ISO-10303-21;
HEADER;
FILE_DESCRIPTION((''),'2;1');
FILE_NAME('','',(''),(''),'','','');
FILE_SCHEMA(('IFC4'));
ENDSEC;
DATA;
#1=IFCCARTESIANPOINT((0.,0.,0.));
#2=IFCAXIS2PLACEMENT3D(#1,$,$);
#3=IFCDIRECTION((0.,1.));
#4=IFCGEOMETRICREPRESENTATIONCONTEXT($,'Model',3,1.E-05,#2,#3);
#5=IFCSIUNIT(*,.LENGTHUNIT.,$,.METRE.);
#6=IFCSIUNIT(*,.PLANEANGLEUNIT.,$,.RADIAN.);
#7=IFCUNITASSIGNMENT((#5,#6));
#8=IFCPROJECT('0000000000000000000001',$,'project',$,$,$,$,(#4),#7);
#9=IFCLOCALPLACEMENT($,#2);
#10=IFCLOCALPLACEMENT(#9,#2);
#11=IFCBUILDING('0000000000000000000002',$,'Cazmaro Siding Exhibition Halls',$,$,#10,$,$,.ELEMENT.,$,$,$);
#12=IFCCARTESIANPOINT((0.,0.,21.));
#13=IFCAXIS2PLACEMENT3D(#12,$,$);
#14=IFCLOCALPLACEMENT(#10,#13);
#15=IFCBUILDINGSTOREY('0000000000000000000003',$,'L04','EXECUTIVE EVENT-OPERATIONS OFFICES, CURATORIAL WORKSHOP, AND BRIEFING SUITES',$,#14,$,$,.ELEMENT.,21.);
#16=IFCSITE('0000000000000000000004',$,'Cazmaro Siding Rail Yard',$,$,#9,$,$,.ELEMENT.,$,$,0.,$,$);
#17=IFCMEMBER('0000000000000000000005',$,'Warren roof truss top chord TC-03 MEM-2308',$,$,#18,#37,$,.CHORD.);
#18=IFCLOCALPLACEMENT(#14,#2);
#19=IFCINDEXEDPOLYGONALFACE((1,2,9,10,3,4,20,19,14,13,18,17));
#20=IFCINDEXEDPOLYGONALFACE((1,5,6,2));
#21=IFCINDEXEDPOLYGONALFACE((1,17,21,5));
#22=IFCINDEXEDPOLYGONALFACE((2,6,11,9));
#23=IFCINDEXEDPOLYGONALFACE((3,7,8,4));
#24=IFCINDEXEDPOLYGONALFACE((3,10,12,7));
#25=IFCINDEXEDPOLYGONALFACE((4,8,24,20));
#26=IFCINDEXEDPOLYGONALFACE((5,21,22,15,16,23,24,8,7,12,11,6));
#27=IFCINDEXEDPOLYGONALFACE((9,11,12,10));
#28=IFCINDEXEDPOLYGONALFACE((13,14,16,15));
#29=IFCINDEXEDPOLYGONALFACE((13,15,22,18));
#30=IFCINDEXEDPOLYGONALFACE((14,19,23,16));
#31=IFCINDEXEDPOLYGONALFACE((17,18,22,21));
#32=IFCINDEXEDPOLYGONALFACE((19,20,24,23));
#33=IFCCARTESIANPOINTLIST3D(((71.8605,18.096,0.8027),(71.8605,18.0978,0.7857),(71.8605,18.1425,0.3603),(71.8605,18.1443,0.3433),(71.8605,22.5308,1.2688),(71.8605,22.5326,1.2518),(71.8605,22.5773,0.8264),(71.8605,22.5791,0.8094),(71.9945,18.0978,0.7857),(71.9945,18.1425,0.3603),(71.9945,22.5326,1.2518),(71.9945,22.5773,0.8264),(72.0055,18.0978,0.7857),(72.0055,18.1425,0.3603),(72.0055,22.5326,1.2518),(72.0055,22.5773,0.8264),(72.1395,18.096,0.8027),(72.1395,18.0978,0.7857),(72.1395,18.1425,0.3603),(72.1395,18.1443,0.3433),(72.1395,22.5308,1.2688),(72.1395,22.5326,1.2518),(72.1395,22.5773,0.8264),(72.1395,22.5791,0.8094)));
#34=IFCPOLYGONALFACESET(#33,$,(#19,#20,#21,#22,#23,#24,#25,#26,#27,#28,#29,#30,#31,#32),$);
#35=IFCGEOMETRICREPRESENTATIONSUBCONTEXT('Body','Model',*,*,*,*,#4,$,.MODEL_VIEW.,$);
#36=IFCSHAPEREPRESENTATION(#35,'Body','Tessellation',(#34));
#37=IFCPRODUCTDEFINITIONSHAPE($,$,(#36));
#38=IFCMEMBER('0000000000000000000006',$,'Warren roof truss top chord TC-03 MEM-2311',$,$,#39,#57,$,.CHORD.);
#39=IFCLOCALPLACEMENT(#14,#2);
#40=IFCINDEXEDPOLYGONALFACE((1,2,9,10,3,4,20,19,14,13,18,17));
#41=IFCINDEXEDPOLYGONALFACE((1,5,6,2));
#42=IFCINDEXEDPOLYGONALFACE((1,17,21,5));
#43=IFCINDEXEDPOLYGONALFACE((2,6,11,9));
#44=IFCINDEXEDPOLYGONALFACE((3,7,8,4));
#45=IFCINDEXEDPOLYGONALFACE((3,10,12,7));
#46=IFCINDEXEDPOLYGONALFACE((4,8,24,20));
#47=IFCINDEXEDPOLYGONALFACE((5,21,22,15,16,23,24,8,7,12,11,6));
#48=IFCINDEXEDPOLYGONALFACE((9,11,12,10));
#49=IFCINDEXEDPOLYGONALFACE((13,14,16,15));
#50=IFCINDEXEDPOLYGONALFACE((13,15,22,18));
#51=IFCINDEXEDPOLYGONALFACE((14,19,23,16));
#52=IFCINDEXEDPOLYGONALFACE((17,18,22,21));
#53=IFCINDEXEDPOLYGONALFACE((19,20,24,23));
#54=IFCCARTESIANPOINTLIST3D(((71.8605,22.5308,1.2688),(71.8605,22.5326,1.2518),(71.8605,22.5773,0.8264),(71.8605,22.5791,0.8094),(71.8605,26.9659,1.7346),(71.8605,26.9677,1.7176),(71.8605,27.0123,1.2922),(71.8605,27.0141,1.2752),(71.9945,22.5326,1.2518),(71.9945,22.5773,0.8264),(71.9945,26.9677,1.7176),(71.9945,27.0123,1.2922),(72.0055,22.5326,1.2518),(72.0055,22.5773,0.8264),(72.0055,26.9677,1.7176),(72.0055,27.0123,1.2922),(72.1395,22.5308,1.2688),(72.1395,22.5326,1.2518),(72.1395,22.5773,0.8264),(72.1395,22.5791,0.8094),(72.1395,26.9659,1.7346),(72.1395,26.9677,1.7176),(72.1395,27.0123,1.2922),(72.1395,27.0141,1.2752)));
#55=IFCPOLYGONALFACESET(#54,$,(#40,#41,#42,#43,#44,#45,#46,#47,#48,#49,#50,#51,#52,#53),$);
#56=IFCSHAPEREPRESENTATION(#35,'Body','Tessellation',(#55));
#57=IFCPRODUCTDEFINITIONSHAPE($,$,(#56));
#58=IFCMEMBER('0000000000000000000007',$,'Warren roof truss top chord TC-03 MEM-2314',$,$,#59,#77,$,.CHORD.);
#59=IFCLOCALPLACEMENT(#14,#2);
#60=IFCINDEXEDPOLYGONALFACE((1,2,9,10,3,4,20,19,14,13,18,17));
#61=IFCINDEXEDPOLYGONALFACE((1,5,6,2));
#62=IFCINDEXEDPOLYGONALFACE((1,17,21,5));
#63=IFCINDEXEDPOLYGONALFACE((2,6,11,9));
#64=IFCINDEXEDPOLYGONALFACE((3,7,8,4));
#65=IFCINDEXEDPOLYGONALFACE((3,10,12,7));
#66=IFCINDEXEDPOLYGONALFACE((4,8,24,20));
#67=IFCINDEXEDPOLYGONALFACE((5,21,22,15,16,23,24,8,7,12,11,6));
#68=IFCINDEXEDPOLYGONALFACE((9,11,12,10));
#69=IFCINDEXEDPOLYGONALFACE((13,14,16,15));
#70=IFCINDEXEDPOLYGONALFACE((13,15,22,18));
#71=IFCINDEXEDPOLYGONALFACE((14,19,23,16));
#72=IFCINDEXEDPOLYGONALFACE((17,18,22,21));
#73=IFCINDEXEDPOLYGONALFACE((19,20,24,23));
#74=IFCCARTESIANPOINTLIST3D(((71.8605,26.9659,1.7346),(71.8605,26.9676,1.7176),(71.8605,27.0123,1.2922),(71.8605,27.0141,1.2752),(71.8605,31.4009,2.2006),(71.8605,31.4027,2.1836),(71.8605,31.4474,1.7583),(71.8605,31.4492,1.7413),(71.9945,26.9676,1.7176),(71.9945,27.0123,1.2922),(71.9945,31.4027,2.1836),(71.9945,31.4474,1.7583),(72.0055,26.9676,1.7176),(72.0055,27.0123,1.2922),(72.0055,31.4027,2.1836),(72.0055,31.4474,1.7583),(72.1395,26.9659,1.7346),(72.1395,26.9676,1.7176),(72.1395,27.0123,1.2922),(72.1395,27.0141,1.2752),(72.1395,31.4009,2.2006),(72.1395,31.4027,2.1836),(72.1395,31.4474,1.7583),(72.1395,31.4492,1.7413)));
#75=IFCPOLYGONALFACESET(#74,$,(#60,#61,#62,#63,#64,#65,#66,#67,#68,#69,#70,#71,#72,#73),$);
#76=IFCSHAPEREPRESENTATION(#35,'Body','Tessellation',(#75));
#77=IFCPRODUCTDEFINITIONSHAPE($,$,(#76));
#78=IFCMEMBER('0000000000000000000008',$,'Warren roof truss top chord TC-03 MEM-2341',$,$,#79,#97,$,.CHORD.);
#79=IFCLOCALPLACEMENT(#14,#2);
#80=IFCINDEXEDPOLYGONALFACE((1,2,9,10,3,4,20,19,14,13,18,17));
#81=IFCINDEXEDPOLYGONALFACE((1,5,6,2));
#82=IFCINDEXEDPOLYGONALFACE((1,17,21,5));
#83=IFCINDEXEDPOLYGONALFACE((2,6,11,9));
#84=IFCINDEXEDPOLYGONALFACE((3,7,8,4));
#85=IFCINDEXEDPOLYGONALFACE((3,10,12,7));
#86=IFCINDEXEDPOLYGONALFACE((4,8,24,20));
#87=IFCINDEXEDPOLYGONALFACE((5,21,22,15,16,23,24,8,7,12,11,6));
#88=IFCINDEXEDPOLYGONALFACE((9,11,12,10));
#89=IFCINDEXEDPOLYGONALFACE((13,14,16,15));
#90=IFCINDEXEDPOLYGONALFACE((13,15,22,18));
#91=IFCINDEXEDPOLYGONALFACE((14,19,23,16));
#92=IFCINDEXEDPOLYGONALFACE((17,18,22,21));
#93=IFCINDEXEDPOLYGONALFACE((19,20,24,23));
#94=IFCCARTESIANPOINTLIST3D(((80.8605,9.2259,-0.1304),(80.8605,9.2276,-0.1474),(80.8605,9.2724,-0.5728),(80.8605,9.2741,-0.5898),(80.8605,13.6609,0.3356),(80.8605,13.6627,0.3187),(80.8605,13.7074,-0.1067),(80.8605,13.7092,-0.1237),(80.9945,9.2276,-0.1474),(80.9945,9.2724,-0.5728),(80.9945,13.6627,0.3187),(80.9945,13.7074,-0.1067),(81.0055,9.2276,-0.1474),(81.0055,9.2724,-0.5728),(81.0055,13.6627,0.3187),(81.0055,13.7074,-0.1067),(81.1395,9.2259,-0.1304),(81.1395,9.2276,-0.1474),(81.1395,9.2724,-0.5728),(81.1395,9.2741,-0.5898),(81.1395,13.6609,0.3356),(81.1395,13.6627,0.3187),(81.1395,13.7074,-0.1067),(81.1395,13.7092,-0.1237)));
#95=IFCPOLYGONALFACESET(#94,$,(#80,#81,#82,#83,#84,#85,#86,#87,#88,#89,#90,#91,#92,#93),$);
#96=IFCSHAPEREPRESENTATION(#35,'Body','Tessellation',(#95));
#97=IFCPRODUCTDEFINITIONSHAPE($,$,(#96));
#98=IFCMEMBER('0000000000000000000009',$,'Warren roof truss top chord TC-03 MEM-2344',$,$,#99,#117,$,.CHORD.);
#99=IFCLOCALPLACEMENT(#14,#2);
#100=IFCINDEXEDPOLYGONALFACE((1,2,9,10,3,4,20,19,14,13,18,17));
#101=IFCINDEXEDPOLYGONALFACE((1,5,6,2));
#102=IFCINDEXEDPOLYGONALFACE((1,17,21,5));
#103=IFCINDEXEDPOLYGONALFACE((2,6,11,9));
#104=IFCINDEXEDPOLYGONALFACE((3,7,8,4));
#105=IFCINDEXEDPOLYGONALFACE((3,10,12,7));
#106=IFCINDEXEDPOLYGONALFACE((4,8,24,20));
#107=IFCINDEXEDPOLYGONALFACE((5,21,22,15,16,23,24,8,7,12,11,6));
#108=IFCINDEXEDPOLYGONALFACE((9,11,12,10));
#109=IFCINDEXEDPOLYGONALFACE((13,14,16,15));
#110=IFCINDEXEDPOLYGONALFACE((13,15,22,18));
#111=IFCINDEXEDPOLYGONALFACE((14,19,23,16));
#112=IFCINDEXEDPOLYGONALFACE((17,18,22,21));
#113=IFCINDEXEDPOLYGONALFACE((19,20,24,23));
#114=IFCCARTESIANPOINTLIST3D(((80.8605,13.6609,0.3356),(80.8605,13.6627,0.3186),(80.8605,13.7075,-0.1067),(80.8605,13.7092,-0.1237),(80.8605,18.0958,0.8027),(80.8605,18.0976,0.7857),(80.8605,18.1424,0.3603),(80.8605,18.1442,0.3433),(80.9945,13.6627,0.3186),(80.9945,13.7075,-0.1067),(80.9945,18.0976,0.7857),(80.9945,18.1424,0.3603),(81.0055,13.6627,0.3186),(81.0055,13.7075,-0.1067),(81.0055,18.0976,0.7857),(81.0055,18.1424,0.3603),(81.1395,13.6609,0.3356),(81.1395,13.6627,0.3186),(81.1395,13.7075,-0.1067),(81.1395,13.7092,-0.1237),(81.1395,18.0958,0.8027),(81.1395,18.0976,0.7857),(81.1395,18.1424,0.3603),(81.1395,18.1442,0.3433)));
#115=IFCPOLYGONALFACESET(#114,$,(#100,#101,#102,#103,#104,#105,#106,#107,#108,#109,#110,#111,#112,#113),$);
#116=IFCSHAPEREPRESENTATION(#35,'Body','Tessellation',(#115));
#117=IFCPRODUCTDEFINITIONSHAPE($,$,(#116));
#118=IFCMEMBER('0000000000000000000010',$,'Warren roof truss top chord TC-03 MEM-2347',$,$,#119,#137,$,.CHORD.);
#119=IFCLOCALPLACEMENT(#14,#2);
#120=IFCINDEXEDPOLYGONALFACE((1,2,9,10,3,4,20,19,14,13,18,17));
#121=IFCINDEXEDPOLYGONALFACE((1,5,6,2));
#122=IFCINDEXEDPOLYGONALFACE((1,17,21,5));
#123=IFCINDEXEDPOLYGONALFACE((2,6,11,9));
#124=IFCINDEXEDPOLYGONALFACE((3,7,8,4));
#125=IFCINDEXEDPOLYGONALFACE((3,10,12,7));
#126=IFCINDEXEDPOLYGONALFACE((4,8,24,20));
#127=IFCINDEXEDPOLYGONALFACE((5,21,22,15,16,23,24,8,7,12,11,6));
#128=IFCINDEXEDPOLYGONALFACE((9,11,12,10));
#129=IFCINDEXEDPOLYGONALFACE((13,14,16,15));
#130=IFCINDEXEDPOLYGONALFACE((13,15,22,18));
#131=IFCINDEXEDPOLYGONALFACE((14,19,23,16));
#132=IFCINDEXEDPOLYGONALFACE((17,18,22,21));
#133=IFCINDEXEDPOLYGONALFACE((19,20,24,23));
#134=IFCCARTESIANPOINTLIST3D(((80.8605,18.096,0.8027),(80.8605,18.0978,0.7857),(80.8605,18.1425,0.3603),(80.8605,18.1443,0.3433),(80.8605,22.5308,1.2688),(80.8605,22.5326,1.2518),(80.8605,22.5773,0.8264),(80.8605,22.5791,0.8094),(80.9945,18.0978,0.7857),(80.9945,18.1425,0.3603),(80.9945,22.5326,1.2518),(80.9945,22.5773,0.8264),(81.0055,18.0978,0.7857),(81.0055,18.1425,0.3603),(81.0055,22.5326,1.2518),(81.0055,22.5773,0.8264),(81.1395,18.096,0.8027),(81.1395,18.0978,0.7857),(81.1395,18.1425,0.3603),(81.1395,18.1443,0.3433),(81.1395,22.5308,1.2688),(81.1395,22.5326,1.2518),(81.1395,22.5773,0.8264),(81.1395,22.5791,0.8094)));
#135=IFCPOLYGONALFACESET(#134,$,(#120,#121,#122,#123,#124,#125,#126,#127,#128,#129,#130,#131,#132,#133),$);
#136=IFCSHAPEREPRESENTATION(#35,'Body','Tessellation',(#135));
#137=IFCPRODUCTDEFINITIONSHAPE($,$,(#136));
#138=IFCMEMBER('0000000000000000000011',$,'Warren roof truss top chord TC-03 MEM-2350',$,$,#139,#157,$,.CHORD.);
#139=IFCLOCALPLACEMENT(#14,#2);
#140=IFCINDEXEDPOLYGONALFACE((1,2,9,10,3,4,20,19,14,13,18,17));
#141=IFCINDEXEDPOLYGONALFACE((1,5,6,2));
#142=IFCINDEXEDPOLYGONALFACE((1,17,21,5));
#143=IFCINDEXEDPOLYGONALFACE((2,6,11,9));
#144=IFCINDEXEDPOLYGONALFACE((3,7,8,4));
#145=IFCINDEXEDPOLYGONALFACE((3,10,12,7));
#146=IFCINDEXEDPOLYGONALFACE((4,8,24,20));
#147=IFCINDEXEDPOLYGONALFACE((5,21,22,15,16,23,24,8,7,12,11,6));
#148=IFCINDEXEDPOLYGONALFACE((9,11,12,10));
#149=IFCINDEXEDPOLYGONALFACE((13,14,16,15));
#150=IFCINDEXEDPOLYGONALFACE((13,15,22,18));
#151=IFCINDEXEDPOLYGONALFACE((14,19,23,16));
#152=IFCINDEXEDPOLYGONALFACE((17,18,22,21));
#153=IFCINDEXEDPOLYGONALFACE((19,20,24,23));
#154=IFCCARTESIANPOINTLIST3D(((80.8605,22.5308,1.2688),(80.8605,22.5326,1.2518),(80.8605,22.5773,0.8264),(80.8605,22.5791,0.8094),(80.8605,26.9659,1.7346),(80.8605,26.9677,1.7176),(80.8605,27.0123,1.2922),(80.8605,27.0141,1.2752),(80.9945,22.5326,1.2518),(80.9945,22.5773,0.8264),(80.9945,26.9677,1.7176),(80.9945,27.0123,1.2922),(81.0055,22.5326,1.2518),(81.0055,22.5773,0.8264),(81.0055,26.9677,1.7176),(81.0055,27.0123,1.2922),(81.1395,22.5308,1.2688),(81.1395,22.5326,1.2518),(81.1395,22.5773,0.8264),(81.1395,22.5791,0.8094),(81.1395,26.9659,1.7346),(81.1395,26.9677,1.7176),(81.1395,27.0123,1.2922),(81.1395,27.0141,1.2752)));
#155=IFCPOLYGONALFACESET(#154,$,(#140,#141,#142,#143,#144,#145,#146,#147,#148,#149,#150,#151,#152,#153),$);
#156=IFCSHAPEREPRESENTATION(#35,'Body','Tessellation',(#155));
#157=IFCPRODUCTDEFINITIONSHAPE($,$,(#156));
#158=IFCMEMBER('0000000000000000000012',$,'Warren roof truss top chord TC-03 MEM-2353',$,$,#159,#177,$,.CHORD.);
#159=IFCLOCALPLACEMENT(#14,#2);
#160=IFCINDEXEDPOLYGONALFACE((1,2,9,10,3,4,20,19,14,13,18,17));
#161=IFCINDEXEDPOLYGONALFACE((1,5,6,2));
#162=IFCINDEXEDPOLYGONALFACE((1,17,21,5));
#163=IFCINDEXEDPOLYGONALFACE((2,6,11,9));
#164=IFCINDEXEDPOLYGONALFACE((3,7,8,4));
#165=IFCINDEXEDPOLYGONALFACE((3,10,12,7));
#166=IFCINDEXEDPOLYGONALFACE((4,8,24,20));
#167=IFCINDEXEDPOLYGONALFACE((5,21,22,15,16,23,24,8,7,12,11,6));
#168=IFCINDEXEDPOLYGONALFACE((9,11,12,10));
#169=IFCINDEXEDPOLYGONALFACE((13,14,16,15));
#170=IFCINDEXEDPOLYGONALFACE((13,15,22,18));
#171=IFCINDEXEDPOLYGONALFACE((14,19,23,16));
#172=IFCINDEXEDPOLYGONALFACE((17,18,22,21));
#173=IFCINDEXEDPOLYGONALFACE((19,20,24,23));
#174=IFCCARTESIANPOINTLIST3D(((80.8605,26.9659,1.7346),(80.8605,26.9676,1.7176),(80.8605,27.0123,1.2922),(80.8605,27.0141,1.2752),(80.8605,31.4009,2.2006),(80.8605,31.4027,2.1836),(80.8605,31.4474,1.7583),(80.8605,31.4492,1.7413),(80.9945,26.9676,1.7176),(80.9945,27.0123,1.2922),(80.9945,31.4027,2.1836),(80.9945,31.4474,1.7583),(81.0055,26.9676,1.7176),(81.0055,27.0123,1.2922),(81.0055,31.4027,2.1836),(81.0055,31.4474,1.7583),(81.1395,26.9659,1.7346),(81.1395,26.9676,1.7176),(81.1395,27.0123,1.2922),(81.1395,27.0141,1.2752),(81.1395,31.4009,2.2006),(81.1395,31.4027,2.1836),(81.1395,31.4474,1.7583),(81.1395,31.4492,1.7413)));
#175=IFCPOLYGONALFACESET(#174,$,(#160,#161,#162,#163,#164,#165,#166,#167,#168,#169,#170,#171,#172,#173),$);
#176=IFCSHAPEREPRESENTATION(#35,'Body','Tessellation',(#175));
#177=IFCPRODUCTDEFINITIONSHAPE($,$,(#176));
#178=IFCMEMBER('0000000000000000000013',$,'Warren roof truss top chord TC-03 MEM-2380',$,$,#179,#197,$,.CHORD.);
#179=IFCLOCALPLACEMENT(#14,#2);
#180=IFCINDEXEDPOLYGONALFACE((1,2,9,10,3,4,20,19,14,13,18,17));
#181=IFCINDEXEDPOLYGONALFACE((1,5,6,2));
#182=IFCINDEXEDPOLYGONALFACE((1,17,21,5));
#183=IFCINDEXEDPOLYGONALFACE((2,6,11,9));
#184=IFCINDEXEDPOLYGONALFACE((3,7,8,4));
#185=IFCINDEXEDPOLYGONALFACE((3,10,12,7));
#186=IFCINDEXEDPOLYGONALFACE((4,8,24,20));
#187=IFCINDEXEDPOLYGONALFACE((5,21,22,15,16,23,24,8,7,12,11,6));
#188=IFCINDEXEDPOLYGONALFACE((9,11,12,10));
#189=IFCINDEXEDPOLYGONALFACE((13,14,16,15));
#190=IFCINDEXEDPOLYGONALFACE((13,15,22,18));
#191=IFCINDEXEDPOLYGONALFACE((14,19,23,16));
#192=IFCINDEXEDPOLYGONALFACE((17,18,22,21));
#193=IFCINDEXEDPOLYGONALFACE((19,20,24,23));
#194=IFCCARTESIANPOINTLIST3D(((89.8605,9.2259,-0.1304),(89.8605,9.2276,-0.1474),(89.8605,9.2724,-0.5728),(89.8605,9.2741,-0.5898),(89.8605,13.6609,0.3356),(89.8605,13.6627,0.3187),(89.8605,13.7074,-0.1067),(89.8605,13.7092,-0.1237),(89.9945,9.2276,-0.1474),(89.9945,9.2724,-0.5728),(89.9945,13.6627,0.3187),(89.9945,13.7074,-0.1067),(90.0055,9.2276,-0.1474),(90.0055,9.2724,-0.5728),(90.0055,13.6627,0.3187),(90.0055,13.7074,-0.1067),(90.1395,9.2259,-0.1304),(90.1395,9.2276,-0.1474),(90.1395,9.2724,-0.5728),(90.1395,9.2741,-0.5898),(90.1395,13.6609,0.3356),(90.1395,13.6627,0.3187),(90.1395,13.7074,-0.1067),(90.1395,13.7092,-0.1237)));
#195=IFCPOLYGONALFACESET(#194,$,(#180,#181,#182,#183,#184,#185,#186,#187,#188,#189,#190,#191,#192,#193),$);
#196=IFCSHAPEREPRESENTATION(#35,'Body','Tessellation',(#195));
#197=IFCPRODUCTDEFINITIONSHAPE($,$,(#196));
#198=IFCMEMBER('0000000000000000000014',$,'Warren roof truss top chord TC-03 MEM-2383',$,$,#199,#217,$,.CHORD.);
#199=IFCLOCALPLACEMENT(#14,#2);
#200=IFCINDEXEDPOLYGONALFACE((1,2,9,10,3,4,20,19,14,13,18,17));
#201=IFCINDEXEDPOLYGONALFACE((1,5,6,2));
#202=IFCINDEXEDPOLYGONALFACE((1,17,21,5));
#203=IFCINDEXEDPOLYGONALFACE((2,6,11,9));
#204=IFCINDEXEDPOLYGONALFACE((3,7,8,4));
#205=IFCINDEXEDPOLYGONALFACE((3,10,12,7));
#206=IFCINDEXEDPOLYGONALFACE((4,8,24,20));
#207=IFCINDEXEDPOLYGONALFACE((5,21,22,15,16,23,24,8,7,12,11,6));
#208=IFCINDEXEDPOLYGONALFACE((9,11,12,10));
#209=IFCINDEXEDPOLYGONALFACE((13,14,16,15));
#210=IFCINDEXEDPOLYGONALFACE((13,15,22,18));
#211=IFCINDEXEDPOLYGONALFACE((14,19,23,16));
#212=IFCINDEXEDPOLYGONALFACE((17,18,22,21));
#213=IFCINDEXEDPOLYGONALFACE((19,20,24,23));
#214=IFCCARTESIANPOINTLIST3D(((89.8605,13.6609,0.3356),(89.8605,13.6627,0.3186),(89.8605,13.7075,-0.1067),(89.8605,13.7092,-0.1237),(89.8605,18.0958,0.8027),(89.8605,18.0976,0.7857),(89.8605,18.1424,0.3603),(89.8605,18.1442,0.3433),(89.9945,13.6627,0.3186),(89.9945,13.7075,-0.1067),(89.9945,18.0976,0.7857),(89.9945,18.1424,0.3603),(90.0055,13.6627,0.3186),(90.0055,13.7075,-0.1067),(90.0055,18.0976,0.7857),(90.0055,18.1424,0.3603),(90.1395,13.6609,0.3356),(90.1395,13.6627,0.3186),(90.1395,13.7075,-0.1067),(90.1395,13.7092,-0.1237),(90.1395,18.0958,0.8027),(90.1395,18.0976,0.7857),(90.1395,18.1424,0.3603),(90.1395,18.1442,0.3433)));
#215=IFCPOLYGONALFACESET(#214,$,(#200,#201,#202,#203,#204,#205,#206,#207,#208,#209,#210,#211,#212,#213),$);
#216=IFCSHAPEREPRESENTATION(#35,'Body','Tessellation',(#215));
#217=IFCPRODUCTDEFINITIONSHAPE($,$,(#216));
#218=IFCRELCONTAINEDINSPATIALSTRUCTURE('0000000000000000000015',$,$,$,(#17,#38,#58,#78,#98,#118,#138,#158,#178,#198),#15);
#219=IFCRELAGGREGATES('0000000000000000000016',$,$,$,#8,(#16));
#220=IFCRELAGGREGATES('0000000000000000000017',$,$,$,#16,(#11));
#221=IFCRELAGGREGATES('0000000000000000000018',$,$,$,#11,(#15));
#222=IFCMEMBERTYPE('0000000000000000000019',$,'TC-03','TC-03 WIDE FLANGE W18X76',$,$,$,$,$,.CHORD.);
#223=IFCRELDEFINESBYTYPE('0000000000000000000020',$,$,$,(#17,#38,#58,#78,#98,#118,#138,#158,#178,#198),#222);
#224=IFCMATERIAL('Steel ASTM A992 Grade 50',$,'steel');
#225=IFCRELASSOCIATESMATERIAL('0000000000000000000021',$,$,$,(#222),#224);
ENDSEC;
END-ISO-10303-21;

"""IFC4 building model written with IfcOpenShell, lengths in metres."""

from ifc_helpers import new_model, si_unit, direction, frame, origin, origin_2d, place, context, subcontext, project, spatial, i_section, extrude, material, material_profile, profile_set, type_object, element, save


model = new_model("IFC4")

# Units and contexts
model_context = context("Model", 3, precision=1e-05, world=origin(), true_north=direction((0.0, 1.0)))
body_context = subcontext(model_context, "Body", "Model", "MODEL_VIEW")
ifc_project = project(units=[si_unit("LENGTHUNIT", "METRE"), si_unit("PLANEANGLEUNIT", "RADIAN")], contexts=[model_context])

# Site, building, storey
site_placement = place(None, origin())
site = spatial("IfcSite", under=ifc_project, at=site_placement, Name="Cazmaro Siding Rail Yard", CompositionType="ELEMENT", RefElevation=0.0)
building_placement = place(site_placement, origin())
building = spatial("IfcBuilding", under=site, at=building_placement, Name="Cazmaro Siding Exhibition Halls", CompositionType="ELEMENT")
storey_placement = place(building_placement, frame((0.0, 0.0, 21.0)))
storey = spatial("IfcBuildingStorey", under=building, at=storey_placement, Name="L04", Description="EXECUTIVE EVENT-OPERATIONS OFFICES, CURATORIAL WORKSHOP, AND BRIEFING SUITES", CompositionType="ELEMENT", Elevation=21.0)

# Members
ifc_material_1 = material(Name="Steel ASTM A992 Grade 50", Category="steel")
ifc_material_profile_1 = material_profile(ifc_material_1, i_section(OverallWidth=0.2791, OverallDepth=0.4619, WebThickness=0.011, FlangeThickness=0.0171, at=origin_2d()), Name="W18X76")
ifc_profile_set_1 = profile_set([ifc_material_profile_1], Name="Steel ASTM A992 Grade 50")
member_type_1 = type_object("IfcMemberType", Name="TC-03", Description="TC-03 WIDE FLANGE W18X76", PredefinedType="CHORD", material=ifc_profile_set_1)
member_1_placement = place(storey_placement, frame((72.0, 18.1201, 0.573), z_axis=(0.0, 0.994523, 0.104517), x_axis=(-1.0, 0.0, 0.0)))
element("IfcMember", 1, at=member_1_placement, inside=storey, type_object=member_type_1, Name="Warren roof truss top chord TC-03 MEM-2308", PredefinedType="CHORD", context=body_context, shape_type="SweptSolid", body=[
    extrude(i_section(OverallWidth=0.2791, OverallDepth=0.4619, WebThickness=0.011, FlangeThickness=0.0171, at=origin_2d()), origin(), (0.0, 0.0, 1.0), 4.4592),
])
for number, where, z_axis, x_axis, name in (
    (2, (72.0, 22.5549, 1.0391), (0.0, 0.994529, 0.104457), (-1.0, 0.0, 0.0), "Warren roof truss top chord TC-03 MEM-2311"),
    (3, (72.0, 26.99, 1.5049), (0.0, 0.994524, 0.104511), (-1.0, 0.0, 0.0), "Warren roof truss top chord TC-03 MEM-2314"),
    (4, (81.0, 9.25, -0.3601), (0.0, 0.994524, 0.104511), (-1.0, 0.0, 0.0), "Warren roof truss top chord TC-03 MEM-2341"),
    (5, (81.0, 13.6851, 0.106), (0.0, 0.994501, 0.104728), (-1.0, 0.0, 0.0), "Warren roof truss top chord TC-03 MEM-2344"),
):
    element("IfcMember", number, at=place(storey_placement, frame(where, z_axis=z_axis, x_axis=x_axis)), inside=storey, type_object=member_type_1, Name=name, PredefinedType="CHORD", context=body_context, shape_type="SweptSolid", body=[
        extrude(i_section(OverallWidth=0.2791, OverallDepth=0.4619, WebThickness=0.011, FlangeThickness=0.0171, at=origin_2d()), origin(), (0.0, 0.0, 1.0), 4.4595),
    ])
member_2_placement = place(storey_placement, frame((81.0, 18.1201, 0.573), z_axis=(0.0, 0.994523, 0.104517), x_axis=(-1.0, 0.0, 0.0)))
element("IfcMember", 6, at=member_2_placement, inside=storey, type_object=member_type_1, Name="Warren roof truss top chord TC-03 MEM-2347", PredefinedType="CHORD", context=body_context, shape_type="SweptSolid", body=[
    extrude(i_section(OverallWidth=0.2791, OverallDepth=0.4619, WebThickness=0.011, FlangeThickness=0.0171, at=origin_2d()), origin(), (0.0, 0.0, 1.0), 4.4592),
])
for number, where, z_axis, x_axis, name in (
    (7, (81.0, 22.5549, 1.0391), (0.0, 0.994529, 0.104457), (-1.0, 0.0, 0.0), "Warren roof truss top chord TC-03 MEM-2350"),
    (8, (81.0, 26.99, 1.5049), (0.0, 0.994524, 0.104511), (-1.0, 0.0, 0.0), "Warren roof truss top chord TC-03 MEM-2353"),
    (9, (90.0, 9.25, -0.3601), (0.0, 0.994524, 0.104511), (-1.0, 0.0, 0.0), "Warren roof truss top chord TC-03 MEM-2380"),
    (10, (90.0, 13.6851, 0.106), (0.0, 0.994501, 0.104728), (-1.0, 0.0, 0.0), "Warren roof truss top chord TC-03 MEM-2383"),
):
    element("IfcMember", number, at=place(storey_placement, frame(where, z_axis=z_axis, x_axis=x_axis)), inside=storey, type_object=member_type_1, Name=name, PredefinedType="CHORD", context=body_context, shape_type="SweptSolid", body=[
        extrude(i_section(OverallWidth=0.2791, OverallDepth=0.4619, WebThickness=0.011, FlangeThickness=0.0171, at=origin_2d()), origin(), (0.0, 0.0, 1.0), 4.4595),
    ])

save(model, "model.ifc")
